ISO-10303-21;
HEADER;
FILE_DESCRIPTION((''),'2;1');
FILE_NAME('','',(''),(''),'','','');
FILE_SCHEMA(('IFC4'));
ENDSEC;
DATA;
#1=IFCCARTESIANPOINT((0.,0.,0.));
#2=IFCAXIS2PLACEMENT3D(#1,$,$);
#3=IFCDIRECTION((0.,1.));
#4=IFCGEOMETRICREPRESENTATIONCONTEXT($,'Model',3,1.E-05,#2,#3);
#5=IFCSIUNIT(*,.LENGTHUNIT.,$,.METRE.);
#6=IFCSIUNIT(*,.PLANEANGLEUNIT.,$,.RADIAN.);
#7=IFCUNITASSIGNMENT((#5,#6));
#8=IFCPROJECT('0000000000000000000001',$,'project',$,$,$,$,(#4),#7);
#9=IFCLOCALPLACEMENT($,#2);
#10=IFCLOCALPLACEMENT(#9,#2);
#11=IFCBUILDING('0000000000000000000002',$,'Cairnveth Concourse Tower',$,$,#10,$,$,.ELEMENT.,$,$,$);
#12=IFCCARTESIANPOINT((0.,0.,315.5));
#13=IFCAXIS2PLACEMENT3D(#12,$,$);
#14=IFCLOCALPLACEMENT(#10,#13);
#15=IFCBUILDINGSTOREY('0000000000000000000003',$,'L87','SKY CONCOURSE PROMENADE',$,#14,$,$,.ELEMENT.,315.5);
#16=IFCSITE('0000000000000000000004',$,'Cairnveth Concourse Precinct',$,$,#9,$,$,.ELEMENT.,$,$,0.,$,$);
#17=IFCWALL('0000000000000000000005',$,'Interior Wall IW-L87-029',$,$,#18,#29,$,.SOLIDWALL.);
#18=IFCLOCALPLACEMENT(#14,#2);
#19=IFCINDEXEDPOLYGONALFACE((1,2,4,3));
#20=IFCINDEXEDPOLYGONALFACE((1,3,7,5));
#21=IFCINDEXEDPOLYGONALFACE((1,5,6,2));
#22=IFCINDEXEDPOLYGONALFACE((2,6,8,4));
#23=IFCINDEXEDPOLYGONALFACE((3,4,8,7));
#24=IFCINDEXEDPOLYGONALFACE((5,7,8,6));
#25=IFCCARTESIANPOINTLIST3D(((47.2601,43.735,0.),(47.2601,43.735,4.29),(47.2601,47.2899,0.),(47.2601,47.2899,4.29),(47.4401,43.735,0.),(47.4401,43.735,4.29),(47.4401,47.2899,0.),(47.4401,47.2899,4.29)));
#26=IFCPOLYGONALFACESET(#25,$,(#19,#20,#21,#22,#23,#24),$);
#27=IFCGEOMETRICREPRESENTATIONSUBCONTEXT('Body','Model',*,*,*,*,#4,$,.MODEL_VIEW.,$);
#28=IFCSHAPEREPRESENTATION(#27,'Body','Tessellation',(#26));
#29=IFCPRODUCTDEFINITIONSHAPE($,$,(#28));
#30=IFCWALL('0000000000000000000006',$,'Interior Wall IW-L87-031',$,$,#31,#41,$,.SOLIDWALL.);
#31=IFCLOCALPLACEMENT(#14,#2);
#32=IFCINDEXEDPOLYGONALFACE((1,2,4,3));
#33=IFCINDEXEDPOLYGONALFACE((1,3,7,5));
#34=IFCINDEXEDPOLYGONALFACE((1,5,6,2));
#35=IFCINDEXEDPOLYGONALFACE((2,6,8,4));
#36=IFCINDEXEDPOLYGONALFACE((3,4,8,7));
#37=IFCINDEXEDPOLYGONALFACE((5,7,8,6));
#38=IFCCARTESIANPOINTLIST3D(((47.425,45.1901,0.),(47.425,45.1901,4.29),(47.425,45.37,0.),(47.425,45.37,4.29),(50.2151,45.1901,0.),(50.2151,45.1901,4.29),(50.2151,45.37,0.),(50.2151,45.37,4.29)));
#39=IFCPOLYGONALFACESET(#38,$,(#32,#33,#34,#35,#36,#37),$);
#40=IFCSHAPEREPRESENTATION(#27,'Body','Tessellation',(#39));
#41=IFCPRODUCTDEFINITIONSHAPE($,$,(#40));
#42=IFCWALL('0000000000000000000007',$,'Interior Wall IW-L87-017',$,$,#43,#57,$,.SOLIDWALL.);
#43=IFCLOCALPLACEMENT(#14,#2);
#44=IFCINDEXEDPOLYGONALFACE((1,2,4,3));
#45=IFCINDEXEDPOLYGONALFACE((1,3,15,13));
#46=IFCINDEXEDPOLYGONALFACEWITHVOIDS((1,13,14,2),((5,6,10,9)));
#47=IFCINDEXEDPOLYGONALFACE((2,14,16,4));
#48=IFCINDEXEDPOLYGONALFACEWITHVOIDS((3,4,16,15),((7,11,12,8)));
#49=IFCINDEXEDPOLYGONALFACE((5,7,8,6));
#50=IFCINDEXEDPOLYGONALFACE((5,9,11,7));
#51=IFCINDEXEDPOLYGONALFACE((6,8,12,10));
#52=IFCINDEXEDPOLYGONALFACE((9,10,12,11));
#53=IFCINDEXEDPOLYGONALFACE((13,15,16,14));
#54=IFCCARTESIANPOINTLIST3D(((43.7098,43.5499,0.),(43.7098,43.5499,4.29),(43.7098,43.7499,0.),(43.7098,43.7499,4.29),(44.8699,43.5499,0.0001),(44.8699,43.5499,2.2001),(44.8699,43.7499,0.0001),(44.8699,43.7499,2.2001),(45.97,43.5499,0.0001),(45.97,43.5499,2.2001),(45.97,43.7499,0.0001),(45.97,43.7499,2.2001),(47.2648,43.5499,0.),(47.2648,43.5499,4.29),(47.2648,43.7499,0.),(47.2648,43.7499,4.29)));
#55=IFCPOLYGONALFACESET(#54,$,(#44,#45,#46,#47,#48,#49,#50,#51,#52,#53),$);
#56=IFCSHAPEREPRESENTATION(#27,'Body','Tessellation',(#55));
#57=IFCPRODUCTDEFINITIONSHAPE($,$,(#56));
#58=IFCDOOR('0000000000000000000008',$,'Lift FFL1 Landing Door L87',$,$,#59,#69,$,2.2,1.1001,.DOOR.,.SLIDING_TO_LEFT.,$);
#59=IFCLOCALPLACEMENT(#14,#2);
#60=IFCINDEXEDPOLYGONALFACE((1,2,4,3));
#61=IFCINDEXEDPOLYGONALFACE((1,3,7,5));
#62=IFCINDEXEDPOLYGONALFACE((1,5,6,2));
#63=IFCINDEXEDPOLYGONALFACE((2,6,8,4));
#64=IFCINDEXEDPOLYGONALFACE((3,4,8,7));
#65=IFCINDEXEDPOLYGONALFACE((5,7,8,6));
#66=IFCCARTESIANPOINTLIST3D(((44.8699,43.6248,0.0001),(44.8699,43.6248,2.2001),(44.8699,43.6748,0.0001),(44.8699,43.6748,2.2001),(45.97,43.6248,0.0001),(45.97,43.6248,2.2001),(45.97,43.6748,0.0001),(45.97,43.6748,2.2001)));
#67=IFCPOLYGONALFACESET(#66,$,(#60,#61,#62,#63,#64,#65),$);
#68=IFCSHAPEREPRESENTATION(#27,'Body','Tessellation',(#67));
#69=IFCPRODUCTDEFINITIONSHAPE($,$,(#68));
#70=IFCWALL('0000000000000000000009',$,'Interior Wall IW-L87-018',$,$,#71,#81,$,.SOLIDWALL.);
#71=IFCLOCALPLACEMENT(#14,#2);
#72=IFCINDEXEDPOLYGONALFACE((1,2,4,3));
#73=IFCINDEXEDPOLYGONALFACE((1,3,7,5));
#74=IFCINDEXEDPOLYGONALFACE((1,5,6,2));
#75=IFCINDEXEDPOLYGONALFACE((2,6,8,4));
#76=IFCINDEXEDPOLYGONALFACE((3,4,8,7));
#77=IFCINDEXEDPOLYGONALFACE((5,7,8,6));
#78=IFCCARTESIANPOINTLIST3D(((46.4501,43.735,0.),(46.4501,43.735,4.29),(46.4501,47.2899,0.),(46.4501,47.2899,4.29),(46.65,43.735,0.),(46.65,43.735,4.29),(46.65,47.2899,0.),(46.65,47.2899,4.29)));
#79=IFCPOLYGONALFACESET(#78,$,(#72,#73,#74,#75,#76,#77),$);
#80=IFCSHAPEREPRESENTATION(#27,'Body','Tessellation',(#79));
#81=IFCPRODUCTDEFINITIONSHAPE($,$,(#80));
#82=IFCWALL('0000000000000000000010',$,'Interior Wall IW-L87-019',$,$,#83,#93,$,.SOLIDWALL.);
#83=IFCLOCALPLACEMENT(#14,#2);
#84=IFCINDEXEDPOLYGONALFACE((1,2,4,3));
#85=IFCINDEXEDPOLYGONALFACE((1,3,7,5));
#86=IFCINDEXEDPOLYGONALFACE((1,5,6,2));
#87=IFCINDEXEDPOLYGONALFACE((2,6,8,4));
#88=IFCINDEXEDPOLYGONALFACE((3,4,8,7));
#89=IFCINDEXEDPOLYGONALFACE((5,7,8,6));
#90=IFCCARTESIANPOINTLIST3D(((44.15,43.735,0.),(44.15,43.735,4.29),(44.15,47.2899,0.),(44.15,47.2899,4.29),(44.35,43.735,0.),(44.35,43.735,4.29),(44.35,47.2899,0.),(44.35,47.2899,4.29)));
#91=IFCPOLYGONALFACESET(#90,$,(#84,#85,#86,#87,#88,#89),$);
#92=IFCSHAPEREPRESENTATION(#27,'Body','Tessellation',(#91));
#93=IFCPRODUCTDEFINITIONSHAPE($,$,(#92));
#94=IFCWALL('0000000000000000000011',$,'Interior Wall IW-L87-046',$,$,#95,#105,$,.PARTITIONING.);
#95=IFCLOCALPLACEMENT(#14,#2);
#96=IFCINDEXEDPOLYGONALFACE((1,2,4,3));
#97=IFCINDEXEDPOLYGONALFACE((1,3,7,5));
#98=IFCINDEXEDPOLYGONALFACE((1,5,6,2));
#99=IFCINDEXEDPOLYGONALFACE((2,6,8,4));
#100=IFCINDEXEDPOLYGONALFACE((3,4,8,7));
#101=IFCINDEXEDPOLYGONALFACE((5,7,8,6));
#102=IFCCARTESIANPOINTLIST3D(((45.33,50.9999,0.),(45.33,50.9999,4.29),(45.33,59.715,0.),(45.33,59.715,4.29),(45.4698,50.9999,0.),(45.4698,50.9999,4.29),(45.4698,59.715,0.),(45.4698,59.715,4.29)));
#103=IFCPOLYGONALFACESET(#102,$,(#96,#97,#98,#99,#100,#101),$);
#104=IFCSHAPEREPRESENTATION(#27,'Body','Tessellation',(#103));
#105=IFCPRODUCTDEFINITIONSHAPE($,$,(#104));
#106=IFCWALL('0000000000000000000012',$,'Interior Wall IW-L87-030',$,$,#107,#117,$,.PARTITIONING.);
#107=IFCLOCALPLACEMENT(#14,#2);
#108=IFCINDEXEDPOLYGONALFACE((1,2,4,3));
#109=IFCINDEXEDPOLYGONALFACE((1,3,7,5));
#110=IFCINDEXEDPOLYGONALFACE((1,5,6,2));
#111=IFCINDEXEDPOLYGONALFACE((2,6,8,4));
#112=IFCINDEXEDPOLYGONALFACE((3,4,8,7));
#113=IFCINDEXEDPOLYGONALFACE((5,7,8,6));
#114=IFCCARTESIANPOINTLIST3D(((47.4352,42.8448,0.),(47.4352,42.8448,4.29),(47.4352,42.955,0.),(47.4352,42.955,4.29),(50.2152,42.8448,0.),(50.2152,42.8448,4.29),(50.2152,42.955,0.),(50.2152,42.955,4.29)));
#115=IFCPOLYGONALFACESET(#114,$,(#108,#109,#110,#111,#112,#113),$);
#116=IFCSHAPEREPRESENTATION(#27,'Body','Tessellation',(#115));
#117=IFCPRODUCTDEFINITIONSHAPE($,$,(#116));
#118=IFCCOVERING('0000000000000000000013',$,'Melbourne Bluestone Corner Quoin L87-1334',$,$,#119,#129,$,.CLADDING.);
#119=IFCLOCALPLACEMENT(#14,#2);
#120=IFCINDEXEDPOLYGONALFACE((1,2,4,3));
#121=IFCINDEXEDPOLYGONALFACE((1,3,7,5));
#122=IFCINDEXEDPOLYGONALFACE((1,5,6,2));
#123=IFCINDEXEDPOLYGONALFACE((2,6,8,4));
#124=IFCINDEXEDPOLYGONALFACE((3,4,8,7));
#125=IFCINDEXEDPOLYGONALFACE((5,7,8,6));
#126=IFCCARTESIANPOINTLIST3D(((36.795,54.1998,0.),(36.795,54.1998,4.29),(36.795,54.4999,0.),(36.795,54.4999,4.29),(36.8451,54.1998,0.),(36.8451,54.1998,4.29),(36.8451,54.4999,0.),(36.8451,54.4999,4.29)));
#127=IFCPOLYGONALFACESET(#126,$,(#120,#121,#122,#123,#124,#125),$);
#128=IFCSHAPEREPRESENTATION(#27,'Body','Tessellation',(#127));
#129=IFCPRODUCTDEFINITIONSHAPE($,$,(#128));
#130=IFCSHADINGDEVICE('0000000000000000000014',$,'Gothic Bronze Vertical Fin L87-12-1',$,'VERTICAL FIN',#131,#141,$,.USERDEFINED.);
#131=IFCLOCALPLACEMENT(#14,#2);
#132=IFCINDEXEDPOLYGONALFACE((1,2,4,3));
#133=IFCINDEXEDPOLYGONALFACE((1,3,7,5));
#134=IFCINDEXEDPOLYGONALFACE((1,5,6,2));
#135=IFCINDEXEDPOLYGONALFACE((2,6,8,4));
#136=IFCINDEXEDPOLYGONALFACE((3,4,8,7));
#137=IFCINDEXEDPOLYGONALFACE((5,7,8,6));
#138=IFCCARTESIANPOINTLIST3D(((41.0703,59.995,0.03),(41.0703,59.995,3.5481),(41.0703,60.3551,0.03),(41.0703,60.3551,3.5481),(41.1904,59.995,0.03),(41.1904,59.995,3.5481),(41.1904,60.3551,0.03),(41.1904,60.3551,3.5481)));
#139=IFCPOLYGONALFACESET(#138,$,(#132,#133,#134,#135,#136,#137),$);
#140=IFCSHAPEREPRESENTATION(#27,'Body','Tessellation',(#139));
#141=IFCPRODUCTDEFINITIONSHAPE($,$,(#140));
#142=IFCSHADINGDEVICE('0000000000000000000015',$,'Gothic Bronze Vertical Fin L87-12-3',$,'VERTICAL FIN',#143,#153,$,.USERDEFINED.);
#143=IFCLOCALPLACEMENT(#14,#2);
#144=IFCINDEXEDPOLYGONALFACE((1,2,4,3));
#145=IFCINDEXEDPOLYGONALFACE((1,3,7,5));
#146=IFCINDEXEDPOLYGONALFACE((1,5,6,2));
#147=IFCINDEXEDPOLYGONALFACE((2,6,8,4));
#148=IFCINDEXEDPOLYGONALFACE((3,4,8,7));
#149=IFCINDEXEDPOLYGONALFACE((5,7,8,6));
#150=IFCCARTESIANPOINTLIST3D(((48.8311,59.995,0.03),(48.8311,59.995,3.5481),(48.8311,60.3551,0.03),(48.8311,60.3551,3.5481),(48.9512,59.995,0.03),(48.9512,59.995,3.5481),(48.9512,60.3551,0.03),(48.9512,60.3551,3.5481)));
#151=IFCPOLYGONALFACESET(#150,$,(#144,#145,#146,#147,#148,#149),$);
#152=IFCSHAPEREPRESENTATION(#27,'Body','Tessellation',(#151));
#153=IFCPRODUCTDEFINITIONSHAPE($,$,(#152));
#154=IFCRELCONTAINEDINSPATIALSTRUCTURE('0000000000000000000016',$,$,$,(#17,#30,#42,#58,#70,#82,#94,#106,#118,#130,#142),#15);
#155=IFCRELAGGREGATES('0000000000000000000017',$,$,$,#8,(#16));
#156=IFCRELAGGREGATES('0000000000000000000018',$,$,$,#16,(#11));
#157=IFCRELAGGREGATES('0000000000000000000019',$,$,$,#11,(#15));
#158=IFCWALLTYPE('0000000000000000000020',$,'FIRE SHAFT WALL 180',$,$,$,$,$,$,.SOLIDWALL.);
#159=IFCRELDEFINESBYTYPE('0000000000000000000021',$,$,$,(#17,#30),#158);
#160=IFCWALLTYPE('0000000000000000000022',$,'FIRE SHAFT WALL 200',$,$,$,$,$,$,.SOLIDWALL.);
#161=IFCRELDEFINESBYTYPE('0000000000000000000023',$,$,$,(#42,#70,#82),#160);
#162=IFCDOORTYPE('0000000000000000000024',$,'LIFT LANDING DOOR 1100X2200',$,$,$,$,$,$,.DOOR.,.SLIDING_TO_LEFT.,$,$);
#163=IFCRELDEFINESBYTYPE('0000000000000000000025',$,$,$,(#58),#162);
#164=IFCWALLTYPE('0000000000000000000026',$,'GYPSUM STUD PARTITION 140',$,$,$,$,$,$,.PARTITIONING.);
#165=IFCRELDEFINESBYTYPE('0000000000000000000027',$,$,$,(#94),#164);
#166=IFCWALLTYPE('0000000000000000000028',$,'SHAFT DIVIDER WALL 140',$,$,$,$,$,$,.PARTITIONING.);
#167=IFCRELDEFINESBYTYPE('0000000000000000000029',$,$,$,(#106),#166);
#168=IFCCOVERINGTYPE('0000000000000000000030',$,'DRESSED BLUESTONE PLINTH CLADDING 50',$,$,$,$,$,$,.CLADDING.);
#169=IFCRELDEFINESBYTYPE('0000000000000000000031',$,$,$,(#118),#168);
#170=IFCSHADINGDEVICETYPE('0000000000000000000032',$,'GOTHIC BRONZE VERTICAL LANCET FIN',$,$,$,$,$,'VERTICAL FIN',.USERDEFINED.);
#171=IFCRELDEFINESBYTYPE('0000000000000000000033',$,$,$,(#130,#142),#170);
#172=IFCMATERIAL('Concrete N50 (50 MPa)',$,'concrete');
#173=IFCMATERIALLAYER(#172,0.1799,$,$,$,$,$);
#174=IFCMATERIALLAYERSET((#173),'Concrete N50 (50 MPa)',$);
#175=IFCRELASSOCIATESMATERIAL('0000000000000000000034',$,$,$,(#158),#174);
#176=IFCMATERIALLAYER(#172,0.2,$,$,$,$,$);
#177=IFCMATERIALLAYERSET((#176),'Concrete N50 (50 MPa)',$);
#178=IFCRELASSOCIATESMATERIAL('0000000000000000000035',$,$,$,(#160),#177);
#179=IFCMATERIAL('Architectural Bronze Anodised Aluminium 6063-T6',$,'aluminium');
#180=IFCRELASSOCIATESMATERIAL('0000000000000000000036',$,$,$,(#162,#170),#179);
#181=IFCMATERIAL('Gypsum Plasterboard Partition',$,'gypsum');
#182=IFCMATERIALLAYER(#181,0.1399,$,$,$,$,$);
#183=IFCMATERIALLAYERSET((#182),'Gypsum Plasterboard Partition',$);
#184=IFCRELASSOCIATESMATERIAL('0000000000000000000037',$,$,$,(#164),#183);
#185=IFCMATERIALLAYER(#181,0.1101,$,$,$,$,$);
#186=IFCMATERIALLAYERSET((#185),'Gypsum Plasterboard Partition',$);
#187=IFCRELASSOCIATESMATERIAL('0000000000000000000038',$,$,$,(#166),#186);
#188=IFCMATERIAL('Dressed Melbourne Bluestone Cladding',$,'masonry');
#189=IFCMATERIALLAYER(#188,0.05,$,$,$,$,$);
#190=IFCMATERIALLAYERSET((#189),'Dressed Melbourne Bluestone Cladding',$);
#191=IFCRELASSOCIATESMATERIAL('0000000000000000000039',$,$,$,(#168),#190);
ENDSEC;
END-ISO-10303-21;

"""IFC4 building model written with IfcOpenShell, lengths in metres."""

from ifc_helpers import new_model, si_unit, direction, frame, frame_2d, origin, origin_2d, place, context, subcontext, project, spatial, rectangle, extrude, material, layer, layer_set, type_object, element, fill, save


model = new_model("IFC4")

# Units and contexts
model_context = context("Model", 3, precision=1e-05, world=origin(), true_north=direction((0.0, 1.0)))
body_context = subcontext(model_context, "Body", "Model", "MODEL_VIEW")
ifc_project = project(units=[si_unit("LENGTHUNIT", "METRE"), si_unit("PLANEANGLEUNIT", "RADIAN")], contexts=[model_context])

# Site, building, storey
site_placement = place(None, origin())
site = spatial("IfcSite", under=ifc_project, at=site_placement, Name="Cairnveth Concourse Precinct", CompositionType="ELEMENT", RefElevation=0.0)
building_placement = place(site_placement, origin())
building = spatial("IfcBuilding", under=site, at=building_placement, Name="Cairnveth Concourse Tower", CompositionType="ELEMENT")
storey_placement = place(building_placement, frame((0.0, 0.0, 315.5)))
storey = spatial("IfcBuildingStorey", under=building, at=storey_placement, Name="L87", Description="SKY CONCOURSE PROMENADE", CompositionType="ELEMENT", Elevation=315.5)

# Shared definitions
ifc_material_1 = material(Name="Concrete N50 (50 MPa)", Category="concrete")

# Walls
ifc_layer_1 = layer(ifc_material_1, 0.1799)
ifc_layer_set_1 = layer_set([ifc_layer_1], Name="Concrete N50 (50 MPa)")
wall_type_1 = type_object("IfcWallType", Name="FIRE SHAFT WALL 180", PredefinedType="SOLIDWALL", material=ifc_layer_set_1)
wall_1_placement = place(storey_placement, frame((47.3501, 43.7351, 0.0), z_axis=(0.0, 0.0, 1.0), x_axis=(0.0, 1.0, 0.0)))
element("IfcWall", 1, at=wall_1_placement, inside=storey, type_object=wall_type_1, Name="Interior Wall IW-L87-029", PredefinedType="SOLIDWALL", context=body_context, shape_type="SweptSolid", body=[
    extrude(rectangle(XDim=3.5549, YDim=0.1799, at=frame_2d((1.7773, 0.0))), origin(), (0.0, 0.0, 1.0), 4.29),
])
wall_2_placement = place(storey_placement, frame((47.425, 45.28, 0.0), z_axis=(0.0, 0.0, 1.0), x_axis=(1.0, 0.0, 0.0)))
element("IfcWall", 2, at=wall_2_placement, inside=storey, type_object=wall_type_1, Name="Interior Wall IW-L87-031", PredefinedType="SOLIDWALL", context=body_context, shape_type="SweptSolid", body=[
    extrude(rectangle(XDim=2.79, YDim=0.1799, at=frame_2d((1.395, 0.0))), origin(), (0.0, 0.0, 1.0), 4.29),
])

# Wall, opening, door
ifc_layer_2 = layer(ifc_material_1, 0.2)
ifc_layer_set_2 = layer_set([ifc_layer_2], Name="Concrete N50 (50 MPa)")
wall_type_2 = type_object("IfcWallType", Name="FIRE SHAFT WALL 200", PredefinedType="SOLIDWALL", material=ifc_layer_set_2)
wall_3_placement = place(storey_placement, frame((43.71, 43.6499, 0.0), z_axis=(0.0, 0.0, 1.0), x_axis=(1.0, 0.0, 0.0)))
wall_3 = element("IfcWall", 3, at=wall_3_placement, inside=storey, type_object=wall_type_2, Name="Interior Wall IW-L87-017", PredefinedType="SOLIDWALL", context=body_context, shape_type="SweptSolid", body=[
    extrude(rectangle(XDim=3.5549, YDim=0.2, at=frame_2d((1.7773, 0.0))), origin(), (0.0, 0.0, 1.0), 4.29),
])
opening_placement = place(wall_3_placement, frame((1.1599, 0.0, 0.0)))
opening = element("IfcOpeningElement", 4, at=opening_placement, cuts=wall_3, PredefinedType="OPENING", context=body_context, shape_type="SweptSolid", body=[
    extrude(rectangle(XDim=1.1001, YDim=2.2, at=frame_2d((0.55, 1.1001))), frame((0.0, 0.1099, 0.0), z_axis=(0.0, -1.0, 0.0), x_axis=(1.0, 0.0, 0.0)), (0.0, 0.0, 1.0), 0.22),
])
ifc_material_2 = material(Name="Architectural Bronze Anodised Aluminium 6063-T6", Category="aluminium")
door_type = type_object("IfcDoorType", Name="LIFT LANDING DOOR 1100X2200", OperationType="SLIDING_TO_LEFT", PredefinedType="DOOR", material=ifc_material_2)
door_placement = place(opening_placement, origin())
door = element("IfcDoor", 5, at=door_placement, inside=storey, type_object=door_type, Name="Lift FFL1 Landing Door L87", OperationType="SLIDING_TO_LEFT", OverallHeight=2.2, OverallWidth=1.1001, PredefinedType="DOOR", context=body_context, shape_type="SweptSolid", body=[
    extrude(rectangle(XDim=1.1001, YDim=2.2, at=frame_2d((0.55, 1.1001))), frame((0.0, 0.0249, 0.0), z_axis=(0.0, -1.0, 0.0), x_axis=(1.0, 0.0, 0.0)), (0.0, 0.0, 1.0), 0.05),
])
fill(opening, door)

# Walls
for number, where, z_axis, x_axis, name in (
    (6, (46.55, 43.7351, 0.0), (0.0, 0.0, 1.0), (0.0, 1.0, 0.0), "Interior Wall IW-L87-018"),
    (7, (44.25, 43.7351, 0.0), (0.0, 0.0, 1.0), (0.0, 1.0, 0.0), "Interior Wall IW-L87-019"),
):
    element("IfcWall", number, at=place(storey_placement, frame(where, z_axis=z_axis, x_axis=x_axis)), inside=storey, type_object=wall_type_2, Name=name, PredefinedType="SOLIDWALL", context=body_context, shape_type="SweptSolid", body=[
        extrude(rectangle(XDim=3.5549, YDim=0.2, at=frame_2d((1.7773, 0.0))), origin(), (0.0, 0.0, 1.0), 4.29),
    ])
ifc_material_3 = material(Name="Gypsum Plasterboard Partition", Category="gypsum")
ifc_layer_3 = layer(ifc_material_3, 0.1399)
ifc_layer_set_3 = layer_set([ifc_layer_3], Name="Gypsum Plasterboard Partition")
wall_type_3 = type_object("IfcWallType", Name="GYPSUM STUD PARTITION 140", PredefinedType="PARTITIONING", material=ifc_layer_set_3)
wall_4_placement = place(storey_placement, frame((45.3999, 51.0, 0.0), z_axis=(0.0, 0.0, 1.0), x_axis=(0.0, 1.0, 0.0)))
element("IfcWall", 8, at=wall_4_placement, inside=storey, type_object=wall_type_3, Name="Interior Wall IW-L87-046", PredefinedType="PARTITIONING", context=body_context, shape_type="SweptSolid", body=[
    extrude(rectangle(XDim=8.7151, YDim=0.1399, at=frame_2d((4.3574, 0.0))), origin(), (0.0, 0.0, 1.0), 4.29),
])
ifc_layer_4 = layer(ifc_material_3, 0.1101)
ifc_layer_set_4 = layer_set([ifc_layer_4], Name="Gypsum Plasterboard Partition")
wall_type_4 = type_object("IfcWallType", Name="SHAFT DIVIDER WALL 140", PredefinedType="PARTITIONING", material=ifc_layer_set_4)
wall_5_placement = place(storey_placement, frame((47.4351, 42.8999, 0.0), z_axis=(0.0, 0.0, 1.0), x_axis=(1.0, 0.0, 0.0)))
element("IfcWall", 9, at=wall_5_placement, inside=storey, type_object=wall_type_4, Name="Interior Wall IW-L87-030", PredefinedType="PARTITIONING", context=body_context, shape_type="SweptSolid", body=[
    extrude(rectangle(XDim=2.78, YDim=0.1101, at=frame_2d((1.3901, 0.0))), origin(), (0.0, 0.0, 1.0), 4.29),
])

# Covering
ifc_material_4 = material(Name="Dressed Melbourne Bluestone Cladding", Category="masonry")
ifc_layer_5 = layer(ifc_material_4, 0.05)
ifc_layer_set_5 = layer_set([ifc_layer_5], Name="Dressed Melbourne Bluestone Cladding")
covering_type = type_object("IfcCoveringType", Name="DRESSED BLUESTONE PLINTH CLADDING 50", PredefinedType="CLADDING", material=ifc_layer_set_5)
covering_placement = place(storey_placement, frame((36.8201, 54.2, 0.0), z_axis=(0.0, 0.0, 1.0), x_axis=(0.0, 1.0, 0.0)))
element("IfcCovering", 10, at=covering_placement, inside=storey, type_object=covering_type, Name="Melbourne Bluestone Corner Quoin L87-1334", PredefinedType="CLADDING", context=body_context, shape_type="SweptSolid", body=[
    extrude(rectangle(XDim=0.3, YDim=0.05, at=frame_2d((0.1499, 0.0))), origin(), (0.0, 0.0, 1.0), 4.29),
])

# Shading devices
shading_device_type = type_object("IfcShadingDeviceType", Name="GOTHIC BRONZE VERTICAL LANCET FIN", ElementType="VERTICAL FIN", PredefinedType="USERDEFINED", material=ifc_material_2)
for number, where, z_axis, x_axis, name in (
    (11, (41.1304, 60.175, 0.03), (0.0, 0.0, 1.0), (1.0, 0.0, 0.0), "Gothic Bronze Vertical Fin L87-12-1"),
    (12, (48.8911, 60.175, 0.03), (0.0, 0.0, 1.0), (1.0, 0.0, 0.0), "Gothic Bronze Vertical Fin L87-12-3"),
):
    element("IfcShadingDevice", number, at=place(storey_placement, frame(where, z_axis=z_axis, x_axis=x_axis)), inside=storey, type_object=shading_device_type, Name=name, ObjectType="VERTICAL FIN", PredefinedType="USERDEFINED", context=body_context, shape_type="SweptSolid", body=[
        extrude(rectangle(XDim=0.1201, YDim=0.3601, at=origin_2d()), origin(), (0.0, 0.0, 1.0), 3.5181),
    ])

save(model, "model.ifc")
